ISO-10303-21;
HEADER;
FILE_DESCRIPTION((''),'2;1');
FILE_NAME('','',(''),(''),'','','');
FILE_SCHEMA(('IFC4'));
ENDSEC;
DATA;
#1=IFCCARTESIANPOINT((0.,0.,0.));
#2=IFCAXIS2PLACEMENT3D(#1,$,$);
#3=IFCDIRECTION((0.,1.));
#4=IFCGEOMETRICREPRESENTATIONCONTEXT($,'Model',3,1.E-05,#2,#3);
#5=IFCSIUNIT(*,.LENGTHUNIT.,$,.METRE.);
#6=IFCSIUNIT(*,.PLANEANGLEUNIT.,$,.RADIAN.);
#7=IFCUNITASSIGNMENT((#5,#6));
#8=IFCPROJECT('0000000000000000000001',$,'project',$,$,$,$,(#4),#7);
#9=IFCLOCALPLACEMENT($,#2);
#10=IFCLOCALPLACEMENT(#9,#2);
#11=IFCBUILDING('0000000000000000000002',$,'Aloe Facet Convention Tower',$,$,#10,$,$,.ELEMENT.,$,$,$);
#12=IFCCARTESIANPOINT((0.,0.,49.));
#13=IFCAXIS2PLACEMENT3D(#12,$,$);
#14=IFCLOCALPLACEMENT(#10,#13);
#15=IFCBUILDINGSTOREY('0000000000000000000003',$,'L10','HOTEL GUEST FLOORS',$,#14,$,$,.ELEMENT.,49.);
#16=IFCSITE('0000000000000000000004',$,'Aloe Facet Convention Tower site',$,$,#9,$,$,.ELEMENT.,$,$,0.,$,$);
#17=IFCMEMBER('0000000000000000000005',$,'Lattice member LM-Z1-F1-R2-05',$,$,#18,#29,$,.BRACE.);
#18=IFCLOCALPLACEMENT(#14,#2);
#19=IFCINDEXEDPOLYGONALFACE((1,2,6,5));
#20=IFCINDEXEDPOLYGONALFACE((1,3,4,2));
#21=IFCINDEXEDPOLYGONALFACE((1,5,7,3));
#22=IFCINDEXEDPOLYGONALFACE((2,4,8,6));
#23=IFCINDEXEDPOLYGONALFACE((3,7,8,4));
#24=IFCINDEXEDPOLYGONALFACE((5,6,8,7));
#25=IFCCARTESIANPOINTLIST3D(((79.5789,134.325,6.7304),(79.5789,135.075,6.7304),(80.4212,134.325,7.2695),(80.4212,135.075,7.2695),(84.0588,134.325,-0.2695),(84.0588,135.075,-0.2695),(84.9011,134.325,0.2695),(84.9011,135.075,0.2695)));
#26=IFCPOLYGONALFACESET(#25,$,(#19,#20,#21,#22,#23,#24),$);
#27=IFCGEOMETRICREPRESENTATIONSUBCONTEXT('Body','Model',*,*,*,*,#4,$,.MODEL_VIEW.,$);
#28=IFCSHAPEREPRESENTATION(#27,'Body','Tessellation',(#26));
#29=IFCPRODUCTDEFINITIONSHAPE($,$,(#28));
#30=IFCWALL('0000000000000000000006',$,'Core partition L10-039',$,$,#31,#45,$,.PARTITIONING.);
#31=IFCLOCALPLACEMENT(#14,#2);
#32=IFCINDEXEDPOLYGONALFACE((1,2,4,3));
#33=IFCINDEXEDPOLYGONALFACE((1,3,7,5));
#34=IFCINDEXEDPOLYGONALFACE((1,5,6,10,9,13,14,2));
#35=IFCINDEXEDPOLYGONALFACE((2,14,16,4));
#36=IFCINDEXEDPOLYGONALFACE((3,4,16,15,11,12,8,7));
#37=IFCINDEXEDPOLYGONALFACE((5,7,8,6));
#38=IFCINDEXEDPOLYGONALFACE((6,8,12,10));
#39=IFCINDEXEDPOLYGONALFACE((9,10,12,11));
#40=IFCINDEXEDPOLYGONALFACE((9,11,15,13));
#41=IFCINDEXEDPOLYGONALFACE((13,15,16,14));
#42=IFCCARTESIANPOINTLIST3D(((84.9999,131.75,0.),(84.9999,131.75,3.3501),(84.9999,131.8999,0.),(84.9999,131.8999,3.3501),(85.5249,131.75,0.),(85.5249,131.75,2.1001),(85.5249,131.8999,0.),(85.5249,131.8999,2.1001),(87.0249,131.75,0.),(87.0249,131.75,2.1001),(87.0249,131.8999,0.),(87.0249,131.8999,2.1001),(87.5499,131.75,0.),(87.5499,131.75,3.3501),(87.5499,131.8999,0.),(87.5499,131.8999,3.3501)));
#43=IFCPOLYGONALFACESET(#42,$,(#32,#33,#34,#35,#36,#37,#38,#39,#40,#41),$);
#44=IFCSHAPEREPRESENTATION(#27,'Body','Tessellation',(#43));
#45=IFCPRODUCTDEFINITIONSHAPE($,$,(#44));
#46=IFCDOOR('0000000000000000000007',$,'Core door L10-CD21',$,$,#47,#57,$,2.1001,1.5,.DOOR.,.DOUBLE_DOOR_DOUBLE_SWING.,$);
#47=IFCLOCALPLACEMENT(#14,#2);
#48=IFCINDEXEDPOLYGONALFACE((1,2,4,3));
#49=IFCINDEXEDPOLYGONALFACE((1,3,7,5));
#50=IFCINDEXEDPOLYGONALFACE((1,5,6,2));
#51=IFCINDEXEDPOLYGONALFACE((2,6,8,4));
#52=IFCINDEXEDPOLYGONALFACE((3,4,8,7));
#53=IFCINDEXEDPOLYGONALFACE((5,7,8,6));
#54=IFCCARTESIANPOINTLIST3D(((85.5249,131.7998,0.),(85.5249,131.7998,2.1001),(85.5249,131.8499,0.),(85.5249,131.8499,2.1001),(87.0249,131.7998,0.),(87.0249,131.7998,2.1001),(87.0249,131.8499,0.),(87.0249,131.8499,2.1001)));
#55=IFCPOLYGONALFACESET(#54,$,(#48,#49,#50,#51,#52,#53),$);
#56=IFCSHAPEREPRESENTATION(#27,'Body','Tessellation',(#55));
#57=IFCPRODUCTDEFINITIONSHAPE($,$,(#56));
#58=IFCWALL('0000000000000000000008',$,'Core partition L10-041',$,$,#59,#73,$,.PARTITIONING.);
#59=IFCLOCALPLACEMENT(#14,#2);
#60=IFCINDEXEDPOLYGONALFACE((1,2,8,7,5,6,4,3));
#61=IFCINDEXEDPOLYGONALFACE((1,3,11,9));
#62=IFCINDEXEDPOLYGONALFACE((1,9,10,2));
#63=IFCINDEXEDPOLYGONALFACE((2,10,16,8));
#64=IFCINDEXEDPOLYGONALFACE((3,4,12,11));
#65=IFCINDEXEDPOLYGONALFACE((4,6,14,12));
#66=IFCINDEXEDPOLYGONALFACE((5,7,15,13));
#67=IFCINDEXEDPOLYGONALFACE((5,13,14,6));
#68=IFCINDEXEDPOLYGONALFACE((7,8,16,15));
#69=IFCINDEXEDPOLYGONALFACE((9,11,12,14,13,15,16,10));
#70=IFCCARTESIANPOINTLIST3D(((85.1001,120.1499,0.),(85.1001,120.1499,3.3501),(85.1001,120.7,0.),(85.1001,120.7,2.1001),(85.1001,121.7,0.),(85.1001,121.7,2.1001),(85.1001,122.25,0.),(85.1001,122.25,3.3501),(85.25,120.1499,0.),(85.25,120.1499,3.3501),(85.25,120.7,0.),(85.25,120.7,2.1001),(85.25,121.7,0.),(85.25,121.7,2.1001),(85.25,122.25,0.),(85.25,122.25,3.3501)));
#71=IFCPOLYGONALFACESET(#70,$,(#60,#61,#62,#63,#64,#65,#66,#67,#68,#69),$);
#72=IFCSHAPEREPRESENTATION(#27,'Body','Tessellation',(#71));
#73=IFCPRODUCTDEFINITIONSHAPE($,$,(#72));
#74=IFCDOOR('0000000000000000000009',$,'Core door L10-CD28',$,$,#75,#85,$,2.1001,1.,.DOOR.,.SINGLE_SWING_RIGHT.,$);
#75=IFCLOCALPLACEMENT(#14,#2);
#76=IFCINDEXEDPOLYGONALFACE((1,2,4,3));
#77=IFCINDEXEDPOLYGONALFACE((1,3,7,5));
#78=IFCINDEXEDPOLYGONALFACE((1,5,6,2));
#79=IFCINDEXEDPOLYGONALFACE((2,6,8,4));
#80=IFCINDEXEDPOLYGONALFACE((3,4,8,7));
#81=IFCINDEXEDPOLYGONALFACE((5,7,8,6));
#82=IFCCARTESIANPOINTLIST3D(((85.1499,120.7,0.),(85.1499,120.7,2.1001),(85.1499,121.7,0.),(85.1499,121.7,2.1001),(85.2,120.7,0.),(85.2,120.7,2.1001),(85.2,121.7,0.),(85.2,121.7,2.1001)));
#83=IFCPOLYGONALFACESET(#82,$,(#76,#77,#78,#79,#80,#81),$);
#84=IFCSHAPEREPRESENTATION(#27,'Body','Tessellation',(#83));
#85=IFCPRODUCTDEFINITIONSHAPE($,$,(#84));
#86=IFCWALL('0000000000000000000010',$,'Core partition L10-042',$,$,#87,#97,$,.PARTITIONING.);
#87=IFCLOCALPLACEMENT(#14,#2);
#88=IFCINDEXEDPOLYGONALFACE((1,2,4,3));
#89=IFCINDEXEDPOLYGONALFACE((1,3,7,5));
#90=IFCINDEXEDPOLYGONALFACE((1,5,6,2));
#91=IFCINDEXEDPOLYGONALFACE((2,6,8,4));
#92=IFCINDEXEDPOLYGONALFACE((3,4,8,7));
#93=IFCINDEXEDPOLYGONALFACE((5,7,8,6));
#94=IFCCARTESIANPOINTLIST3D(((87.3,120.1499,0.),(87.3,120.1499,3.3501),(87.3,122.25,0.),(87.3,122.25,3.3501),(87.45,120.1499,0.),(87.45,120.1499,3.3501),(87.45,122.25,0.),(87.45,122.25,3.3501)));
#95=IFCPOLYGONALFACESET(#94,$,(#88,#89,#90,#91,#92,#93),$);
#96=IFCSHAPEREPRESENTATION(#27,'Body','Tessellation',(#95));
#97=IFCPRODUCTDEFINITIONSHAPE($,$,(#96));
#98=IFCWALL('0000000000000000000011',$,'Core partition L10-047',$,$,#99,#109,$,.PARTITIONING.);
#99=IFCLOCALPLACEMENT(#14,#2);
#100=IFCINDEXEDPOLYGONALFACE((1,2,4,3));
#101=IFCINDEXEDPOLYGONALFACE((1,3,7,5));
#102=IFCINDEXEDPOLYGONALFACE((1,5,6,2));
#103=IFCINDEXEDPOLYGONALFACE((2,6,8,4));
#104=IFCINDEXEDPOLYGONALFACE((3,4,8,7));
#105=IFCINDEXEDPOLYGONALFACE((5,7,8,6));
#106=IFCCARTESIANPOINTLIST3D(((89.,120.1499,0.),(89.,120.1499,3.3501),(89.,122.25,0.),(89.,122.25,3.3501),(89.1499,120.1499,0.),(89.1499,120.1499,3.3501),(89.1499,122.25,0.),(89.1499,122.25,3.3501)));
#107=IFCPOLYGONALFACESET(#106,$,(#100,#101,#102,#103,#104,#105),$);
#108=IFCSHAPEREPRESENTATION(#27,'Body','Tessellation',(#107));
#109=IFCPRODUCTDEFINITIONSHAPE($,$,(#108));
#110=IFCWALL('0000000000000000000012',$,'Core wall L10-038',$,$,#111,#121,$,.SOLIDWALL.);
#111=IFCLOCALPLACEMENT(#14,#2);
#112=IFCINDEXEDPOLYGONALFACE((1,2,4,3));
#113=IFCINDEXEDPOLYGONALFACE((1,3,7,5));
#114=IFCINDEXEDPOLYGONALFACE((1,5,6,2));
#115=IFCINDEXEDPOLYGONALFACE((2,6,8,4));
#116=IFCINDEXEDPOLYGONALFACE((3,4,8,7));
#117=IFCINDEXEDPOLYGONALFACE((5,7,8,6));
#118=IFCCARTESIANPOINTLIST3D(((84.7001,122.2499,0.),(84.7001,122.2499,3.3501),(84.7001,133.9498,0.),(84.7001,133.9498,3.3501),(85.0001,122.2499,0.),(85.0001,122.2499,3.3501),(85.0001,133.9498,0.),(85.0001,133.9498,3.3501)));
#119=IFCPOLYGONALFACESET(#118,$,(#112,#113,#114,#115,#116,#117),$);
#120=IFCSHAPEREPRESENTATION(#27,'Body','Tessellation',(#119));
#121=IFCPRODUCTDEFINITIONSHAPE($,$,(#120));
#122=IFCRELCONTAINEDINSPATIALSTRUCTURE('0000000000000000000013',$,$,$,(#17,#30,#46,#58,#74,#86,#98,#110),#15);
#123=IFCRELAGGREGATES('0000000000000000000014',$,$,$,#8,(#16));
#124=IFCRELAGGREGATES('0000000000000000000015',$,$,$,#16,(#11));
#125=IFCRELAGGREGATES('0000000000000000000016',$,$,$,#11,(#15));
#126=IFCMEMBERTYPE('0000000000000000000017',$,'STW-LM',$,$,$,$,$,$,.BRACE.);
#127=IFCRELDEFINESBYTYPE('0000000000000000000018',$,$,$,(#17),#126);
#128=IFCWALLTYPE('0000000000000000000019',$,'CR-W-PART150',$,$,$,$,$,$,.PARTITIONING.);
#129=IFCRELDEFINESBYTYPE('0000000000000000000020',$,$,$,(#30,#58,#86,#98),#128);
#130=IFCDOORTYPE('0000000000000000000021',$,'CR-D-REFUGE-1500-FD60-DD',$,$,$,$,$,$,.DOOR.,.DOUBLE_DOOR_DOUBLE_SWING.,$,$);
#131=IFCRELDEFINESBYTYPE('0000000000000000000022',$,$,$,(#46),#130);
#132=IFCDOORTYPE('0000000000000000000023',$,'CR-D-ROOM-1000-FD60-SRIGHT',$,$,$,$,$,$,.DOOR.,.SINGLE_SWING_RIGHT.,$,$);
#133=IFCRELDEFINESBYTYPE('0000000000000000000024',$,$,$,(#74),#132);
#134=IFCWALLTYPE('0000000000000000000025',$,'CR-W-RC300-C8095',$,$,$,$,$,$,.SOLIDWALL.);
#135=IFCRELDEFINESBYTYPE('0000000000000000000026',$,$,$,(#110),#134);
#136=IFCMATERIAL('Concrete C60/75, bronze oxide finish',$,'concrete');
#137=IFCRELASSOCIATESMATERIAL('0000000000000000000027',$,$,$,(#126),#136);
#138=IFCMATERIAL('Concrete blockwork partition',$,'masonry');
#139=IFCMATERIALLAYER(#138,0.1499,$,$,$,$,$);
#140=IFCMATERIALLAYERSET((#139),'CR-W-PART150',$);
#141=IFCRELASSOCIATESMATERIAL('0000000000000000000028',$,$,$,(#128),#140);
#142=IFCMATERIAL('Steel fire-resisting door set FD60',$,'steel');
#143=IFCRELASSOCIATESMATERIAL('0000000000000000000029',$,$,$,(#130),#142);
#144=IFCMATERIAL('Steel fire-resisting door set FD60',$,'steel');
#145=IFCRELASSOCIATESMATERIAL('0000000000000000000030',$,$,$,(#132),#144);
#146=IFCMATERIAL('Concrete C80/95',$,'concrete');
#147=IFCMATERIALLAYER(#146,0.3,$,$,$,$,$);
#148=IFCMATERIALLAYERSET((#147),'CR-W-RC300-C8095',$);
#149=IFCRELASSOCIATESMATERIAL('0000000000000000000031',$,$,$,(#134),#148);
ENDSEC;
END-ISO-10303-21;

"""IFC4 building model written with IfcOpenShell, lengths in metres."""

from ifc_helpers import new_model, si_unit, direction, frame, frame_2d, origin, origin_2d, place, context, subcontext, project, spatial, rectangle, extrude, material, layer, layer_set, material_profile, profile_set, type_object, element, fill, save


model = new_model("IFC4")

# Units and contexts
model_context = context("Model", 3, precision=1e-05, world=origin(), true_north=direction((0.0, 1.0)))
body_context = subcontext(model_context, "Body", "Model", "MODEL_VIEW")
ifc_project = project(units=[si_unit("LENGTHUNIT", "METRE"), si_unit("PLANEANGLEUNIT", "RADIAN")], contexts=[model_context])

# Site, building, storey
site_placement = place(None, origin())
site = spatial("IfcSite", under=ifc_project, at=site_placement, Name="Aloe Facet Convention Tower site", CompositionType="ELEMENT", RefElevation=0.0)
building_placement = place(site_placement, origin())
building = spatial("IfcBuilding", under=site, at=building_placement, Name="Aloe Facet Convention Tower", CompositionType="ELEMENT")
storey_placement = place(building_placement, frame((0.0, 0.0, 49.0)))
storey = spatial("IfcBuildingStorey", under=building, at=storey_placement, Name="L10", Description="HOTEL GUEST FLOORS", CompositionType="ELEMENT", Elevation=49.0)

# Member
ifc_material_1 = material(Name="Concrete C60/75, bronze oxide finish", Category="concrete")
ifc_material_profile = material_profile(ifc_material_1, rectangle(XDim=0.75, YDim=1.0, at=origin_2d()), Name="STW-LM")
ifc_profile_set = profile_set([ifc_material_profile], Name="Concrete C60/75, bronze oxide finish")
member_type = type_object("IfcMemberType", Name="STW-LM", PredefinedType="BRACE", material=ifc_profile_set)
member_placement = place(storey_placement, frame((84.48, 134.7, 0.0), z_axis=(-0.539052, 0.0, 0.842272), x_axis=(0.0, -1.0, 0.0)))
element("IfcMember", 1, at=member_placement, inside=storey, type_object=member_type, Name="Lattice member LM-Z1-F1-R2-05", PredefinedType="BRACE", context=body_context, shape_type="SweptSolid", body=[
    extrude(rectangle(XDim=0.75, YDim=1.0, at=origin_2d()), origin(), (0.0, 0.0, 1.0), 8.3108),
])

# Walls, openings, doors
ifc_material_2 = material(Name="Concrete blockwork partition", Category="masonry")
ifc_layer_1 = layer(ifc_material_2, 0.1499)
ifc_layer_set_1 = layer_set([ifc_layer_1], Name="CR-W-PART150")
wall_type_1 = type_object("IfcWallType", Name="CR-W-PART150", PredefinedType="PARTITIONING", material=ifc_layer_set_1)
wall_1_placement = place(storey_placement, frame((85.0, 131.825, 0.0), z_axis=(0.0, 0.0, 1.0), x_axis=(1.0, 0.0, 0.0)))
wall_1 = element("IfcWall", 2, at=wall_1_placement, inside=storey, type_object=wall_type_1, Name="Core partition L10-039", PredefinedType="PARTITIONING", context=body_context, shape_type="SweptSolid", body=[
    extrude(rectangle(XDim=2.55, YDim=0.1499, at=frame_2d((1.2749, 0.0))), origin(), (0.0, 0.0, 1.0), 3.3501),
])
opening_1_placement = place(wall_1_placement, frame((0.5249, 0.0, 0.0)))
opening_1 = element("IfcOpeningElement", 3, at=opening_1_placement, cuts=wall_1, PredefinedType="OPENING", context=body_context, shape_type="SweptSolid", body=[
    extrude(rectangle(XDim=1.5, YDim=2.1001, at=frame_2d((0.75, 1.05))), frame((0.0, 0.085, 0.0), z_axis=(0.0, -1.0, 0.0), x_axis=(1.0, 0.0, 0.0)), (0.0, 0.0, 1.0), 0.1699),
])
ifc_material_3 = material(Name="Steel fire-resisting door set FD60", Category="steel")
door_type_1 = type_object("IfcDoorType", Name="CR-D-REFUGE-1500-FD60-DD", OperationType="DOUBLE_DOOR_DOUBLE_SWING", PredefinedType="DOOR", material=ifc_material_3)
door_1_placement = place(opening_1_placement, origin())
door_1 = element("IfcDoor", 4, at=door_1_placement, inside=storey, type_object=door_type_1, Name="Core door L10-CD21", OperationType="DOUBLE_DOOR_DOUBLE_SWING", OverallHeight=2.1001, OverallWidth=1.5, PredefinedType="DOOR", context=body_context, shape_type="SweptSolid", body=[
    extrude(rectangle(XDim=1.5, YDim=2.1001, at=frame_2d((0.75, 1.05))), frame((0.0, 0.0249, 0.0), z_axis=(0.0, -1.0, 0.0), x_axis=(1.0, 0.0, 0.0)), (0.0, 0.0, 1.0), 0.05),
])
fill(opening_1, door_1)
wall_2_placement = place(storey_placement, frame((85.175, 122.25, 0.0), z_axis=(0.0, 0.0, 1.0), x_axis=(0.0, -1.0, 0.0)))
wall_2 = element("IfcWall", 5, at=wall_2_placement, inside=storey, type_object=wall_type_1, Name="Core partition L10-041", PredefinedType="PARTITIONING", context=body_context, shape_type="SweptSolid", body=[
    extrude(rectangle(XDim=2.1001, YDim=0.1499, at=frame_2d((1.05, 0.0))), origin(), (0.0, 0.0, 1.0), 3.3501),
])
opening_2_placement = place(wall_2_placement, frame((0.55, 0.0, 0.0)))
opening_2 = element("IfcOpeningElement", 6, at=opening_2_placement, cuts=wall_2, PredefinedType="OPENING", context=body_context, shape_type="SweptSolid", body=[
    extrude(rectangle(XDim=1.0, YDim=2.1001, at=frame_2d((0.5, 1.05))), frame((0.0, 0.085, 0.0), z_axis=(0.0, -1.0, 0.0), x_axis=(1.0, 0.0, 0.0)), (0.0, 0.0, 1.0), 0.1699),
])
ifc_material_4 = material(Name="Steel fire-resisting door set FD60", Category="steel")
door_type_2 = type_object("IfcDoorType", Name="CR-D-ROOM-1000-FD60-SRIGHT", OperationType="SINGLE_SWING_RIGHT", PredefinedType="DOOR", material=ifc_material_4)
door_2_placement = place(opening_2_placement, origin())
door_2 = element("IfcDoor", 7, at=door_2_placement, inside=storey, type_object=door_type_2, Name="Core door L10-CD28", OperationType="SINGLE_SWING_RIGHT", OverallHeight=2.1001, OverallWidth=1.0, PredefinedType="DOOR", context=body_context, shape_type="SweptSolid", body=[
    extrude(rectangle(XDim=1.0, YDim=2.1001, at=frame_2d((0.5, 1.05))), frame((0.0, 0.0249, 0.0), z_axis=(0.0, -1.0, 0.0), x_axis=(1.0, 0.0, 0.0)), (0.0, 0.0, 1.0), 0.05),
])
fill(opening_2, door_2)

# Walls
for number, where, z_axis, x_axis, name in (
    (8, (87.375, 122.25, 0.0), (0.0, 0.0, 1.0), (0.0, -1.0, 0.0), "Core partition L10-042"),
    (9, (89.075, 122.25, 0.0), (0.0, 0.0, 1.0), (0.0, -1.0, 0.0), "Core partition L10-047"),
):
    element("IfcWall", number, at=place(storey_placement, frame(where, z_axis=z_axis, x_axis=x_axis)), inside=storey, type_object=wall_type_1, Name=name, PredefinedType="PARTITIONING", context=body_context, shape_type="SweptSolid", body=[
        extrude(rectangle(XDim=2.1001, YDim=0.1499, at=frame_2d((1.05, 0.0))), origin(), (0.0, 0.0, 1.0), 3.3501),
    ])
ifc_material_5 = material(Name="Concrete C80/95", Category="concrete")
ifc_layer_2 = layer(ifc_material_5, 0.3)
ifc_layer_set_2 = layer_set([ifc_layer_2], Name="CR-W-RC300-C8095")
wall_type_2 = type_object("IfcWallType", Name="CR-W-RC300-C8095", PredefinedType="SOLIDWALL", material=ifc_layer_set_2)
wall_3_placement = place(storey_placement, frame((84.8501, 133.95, 0.0), z_axis=(0.0, 0.0, 1.0), x_axis=(0.0, -1.0, 0.0)))
element("IfcWall", 10, at=wall_3_placement, inside=storey, type_object=wall_type_2, Name="Core wall L10-038", PredefinedType="SOLIDWALL", context=body_context, shape_type="SweptSolid", body=[
    extrude(rectangle(XDim=11.7, YDim=0.3, at=frame_2d((5.8501, 0.0))), origin(), (0.0, 0.0, 1.0), 3.3501),
])

save(model, "model.ifc")
